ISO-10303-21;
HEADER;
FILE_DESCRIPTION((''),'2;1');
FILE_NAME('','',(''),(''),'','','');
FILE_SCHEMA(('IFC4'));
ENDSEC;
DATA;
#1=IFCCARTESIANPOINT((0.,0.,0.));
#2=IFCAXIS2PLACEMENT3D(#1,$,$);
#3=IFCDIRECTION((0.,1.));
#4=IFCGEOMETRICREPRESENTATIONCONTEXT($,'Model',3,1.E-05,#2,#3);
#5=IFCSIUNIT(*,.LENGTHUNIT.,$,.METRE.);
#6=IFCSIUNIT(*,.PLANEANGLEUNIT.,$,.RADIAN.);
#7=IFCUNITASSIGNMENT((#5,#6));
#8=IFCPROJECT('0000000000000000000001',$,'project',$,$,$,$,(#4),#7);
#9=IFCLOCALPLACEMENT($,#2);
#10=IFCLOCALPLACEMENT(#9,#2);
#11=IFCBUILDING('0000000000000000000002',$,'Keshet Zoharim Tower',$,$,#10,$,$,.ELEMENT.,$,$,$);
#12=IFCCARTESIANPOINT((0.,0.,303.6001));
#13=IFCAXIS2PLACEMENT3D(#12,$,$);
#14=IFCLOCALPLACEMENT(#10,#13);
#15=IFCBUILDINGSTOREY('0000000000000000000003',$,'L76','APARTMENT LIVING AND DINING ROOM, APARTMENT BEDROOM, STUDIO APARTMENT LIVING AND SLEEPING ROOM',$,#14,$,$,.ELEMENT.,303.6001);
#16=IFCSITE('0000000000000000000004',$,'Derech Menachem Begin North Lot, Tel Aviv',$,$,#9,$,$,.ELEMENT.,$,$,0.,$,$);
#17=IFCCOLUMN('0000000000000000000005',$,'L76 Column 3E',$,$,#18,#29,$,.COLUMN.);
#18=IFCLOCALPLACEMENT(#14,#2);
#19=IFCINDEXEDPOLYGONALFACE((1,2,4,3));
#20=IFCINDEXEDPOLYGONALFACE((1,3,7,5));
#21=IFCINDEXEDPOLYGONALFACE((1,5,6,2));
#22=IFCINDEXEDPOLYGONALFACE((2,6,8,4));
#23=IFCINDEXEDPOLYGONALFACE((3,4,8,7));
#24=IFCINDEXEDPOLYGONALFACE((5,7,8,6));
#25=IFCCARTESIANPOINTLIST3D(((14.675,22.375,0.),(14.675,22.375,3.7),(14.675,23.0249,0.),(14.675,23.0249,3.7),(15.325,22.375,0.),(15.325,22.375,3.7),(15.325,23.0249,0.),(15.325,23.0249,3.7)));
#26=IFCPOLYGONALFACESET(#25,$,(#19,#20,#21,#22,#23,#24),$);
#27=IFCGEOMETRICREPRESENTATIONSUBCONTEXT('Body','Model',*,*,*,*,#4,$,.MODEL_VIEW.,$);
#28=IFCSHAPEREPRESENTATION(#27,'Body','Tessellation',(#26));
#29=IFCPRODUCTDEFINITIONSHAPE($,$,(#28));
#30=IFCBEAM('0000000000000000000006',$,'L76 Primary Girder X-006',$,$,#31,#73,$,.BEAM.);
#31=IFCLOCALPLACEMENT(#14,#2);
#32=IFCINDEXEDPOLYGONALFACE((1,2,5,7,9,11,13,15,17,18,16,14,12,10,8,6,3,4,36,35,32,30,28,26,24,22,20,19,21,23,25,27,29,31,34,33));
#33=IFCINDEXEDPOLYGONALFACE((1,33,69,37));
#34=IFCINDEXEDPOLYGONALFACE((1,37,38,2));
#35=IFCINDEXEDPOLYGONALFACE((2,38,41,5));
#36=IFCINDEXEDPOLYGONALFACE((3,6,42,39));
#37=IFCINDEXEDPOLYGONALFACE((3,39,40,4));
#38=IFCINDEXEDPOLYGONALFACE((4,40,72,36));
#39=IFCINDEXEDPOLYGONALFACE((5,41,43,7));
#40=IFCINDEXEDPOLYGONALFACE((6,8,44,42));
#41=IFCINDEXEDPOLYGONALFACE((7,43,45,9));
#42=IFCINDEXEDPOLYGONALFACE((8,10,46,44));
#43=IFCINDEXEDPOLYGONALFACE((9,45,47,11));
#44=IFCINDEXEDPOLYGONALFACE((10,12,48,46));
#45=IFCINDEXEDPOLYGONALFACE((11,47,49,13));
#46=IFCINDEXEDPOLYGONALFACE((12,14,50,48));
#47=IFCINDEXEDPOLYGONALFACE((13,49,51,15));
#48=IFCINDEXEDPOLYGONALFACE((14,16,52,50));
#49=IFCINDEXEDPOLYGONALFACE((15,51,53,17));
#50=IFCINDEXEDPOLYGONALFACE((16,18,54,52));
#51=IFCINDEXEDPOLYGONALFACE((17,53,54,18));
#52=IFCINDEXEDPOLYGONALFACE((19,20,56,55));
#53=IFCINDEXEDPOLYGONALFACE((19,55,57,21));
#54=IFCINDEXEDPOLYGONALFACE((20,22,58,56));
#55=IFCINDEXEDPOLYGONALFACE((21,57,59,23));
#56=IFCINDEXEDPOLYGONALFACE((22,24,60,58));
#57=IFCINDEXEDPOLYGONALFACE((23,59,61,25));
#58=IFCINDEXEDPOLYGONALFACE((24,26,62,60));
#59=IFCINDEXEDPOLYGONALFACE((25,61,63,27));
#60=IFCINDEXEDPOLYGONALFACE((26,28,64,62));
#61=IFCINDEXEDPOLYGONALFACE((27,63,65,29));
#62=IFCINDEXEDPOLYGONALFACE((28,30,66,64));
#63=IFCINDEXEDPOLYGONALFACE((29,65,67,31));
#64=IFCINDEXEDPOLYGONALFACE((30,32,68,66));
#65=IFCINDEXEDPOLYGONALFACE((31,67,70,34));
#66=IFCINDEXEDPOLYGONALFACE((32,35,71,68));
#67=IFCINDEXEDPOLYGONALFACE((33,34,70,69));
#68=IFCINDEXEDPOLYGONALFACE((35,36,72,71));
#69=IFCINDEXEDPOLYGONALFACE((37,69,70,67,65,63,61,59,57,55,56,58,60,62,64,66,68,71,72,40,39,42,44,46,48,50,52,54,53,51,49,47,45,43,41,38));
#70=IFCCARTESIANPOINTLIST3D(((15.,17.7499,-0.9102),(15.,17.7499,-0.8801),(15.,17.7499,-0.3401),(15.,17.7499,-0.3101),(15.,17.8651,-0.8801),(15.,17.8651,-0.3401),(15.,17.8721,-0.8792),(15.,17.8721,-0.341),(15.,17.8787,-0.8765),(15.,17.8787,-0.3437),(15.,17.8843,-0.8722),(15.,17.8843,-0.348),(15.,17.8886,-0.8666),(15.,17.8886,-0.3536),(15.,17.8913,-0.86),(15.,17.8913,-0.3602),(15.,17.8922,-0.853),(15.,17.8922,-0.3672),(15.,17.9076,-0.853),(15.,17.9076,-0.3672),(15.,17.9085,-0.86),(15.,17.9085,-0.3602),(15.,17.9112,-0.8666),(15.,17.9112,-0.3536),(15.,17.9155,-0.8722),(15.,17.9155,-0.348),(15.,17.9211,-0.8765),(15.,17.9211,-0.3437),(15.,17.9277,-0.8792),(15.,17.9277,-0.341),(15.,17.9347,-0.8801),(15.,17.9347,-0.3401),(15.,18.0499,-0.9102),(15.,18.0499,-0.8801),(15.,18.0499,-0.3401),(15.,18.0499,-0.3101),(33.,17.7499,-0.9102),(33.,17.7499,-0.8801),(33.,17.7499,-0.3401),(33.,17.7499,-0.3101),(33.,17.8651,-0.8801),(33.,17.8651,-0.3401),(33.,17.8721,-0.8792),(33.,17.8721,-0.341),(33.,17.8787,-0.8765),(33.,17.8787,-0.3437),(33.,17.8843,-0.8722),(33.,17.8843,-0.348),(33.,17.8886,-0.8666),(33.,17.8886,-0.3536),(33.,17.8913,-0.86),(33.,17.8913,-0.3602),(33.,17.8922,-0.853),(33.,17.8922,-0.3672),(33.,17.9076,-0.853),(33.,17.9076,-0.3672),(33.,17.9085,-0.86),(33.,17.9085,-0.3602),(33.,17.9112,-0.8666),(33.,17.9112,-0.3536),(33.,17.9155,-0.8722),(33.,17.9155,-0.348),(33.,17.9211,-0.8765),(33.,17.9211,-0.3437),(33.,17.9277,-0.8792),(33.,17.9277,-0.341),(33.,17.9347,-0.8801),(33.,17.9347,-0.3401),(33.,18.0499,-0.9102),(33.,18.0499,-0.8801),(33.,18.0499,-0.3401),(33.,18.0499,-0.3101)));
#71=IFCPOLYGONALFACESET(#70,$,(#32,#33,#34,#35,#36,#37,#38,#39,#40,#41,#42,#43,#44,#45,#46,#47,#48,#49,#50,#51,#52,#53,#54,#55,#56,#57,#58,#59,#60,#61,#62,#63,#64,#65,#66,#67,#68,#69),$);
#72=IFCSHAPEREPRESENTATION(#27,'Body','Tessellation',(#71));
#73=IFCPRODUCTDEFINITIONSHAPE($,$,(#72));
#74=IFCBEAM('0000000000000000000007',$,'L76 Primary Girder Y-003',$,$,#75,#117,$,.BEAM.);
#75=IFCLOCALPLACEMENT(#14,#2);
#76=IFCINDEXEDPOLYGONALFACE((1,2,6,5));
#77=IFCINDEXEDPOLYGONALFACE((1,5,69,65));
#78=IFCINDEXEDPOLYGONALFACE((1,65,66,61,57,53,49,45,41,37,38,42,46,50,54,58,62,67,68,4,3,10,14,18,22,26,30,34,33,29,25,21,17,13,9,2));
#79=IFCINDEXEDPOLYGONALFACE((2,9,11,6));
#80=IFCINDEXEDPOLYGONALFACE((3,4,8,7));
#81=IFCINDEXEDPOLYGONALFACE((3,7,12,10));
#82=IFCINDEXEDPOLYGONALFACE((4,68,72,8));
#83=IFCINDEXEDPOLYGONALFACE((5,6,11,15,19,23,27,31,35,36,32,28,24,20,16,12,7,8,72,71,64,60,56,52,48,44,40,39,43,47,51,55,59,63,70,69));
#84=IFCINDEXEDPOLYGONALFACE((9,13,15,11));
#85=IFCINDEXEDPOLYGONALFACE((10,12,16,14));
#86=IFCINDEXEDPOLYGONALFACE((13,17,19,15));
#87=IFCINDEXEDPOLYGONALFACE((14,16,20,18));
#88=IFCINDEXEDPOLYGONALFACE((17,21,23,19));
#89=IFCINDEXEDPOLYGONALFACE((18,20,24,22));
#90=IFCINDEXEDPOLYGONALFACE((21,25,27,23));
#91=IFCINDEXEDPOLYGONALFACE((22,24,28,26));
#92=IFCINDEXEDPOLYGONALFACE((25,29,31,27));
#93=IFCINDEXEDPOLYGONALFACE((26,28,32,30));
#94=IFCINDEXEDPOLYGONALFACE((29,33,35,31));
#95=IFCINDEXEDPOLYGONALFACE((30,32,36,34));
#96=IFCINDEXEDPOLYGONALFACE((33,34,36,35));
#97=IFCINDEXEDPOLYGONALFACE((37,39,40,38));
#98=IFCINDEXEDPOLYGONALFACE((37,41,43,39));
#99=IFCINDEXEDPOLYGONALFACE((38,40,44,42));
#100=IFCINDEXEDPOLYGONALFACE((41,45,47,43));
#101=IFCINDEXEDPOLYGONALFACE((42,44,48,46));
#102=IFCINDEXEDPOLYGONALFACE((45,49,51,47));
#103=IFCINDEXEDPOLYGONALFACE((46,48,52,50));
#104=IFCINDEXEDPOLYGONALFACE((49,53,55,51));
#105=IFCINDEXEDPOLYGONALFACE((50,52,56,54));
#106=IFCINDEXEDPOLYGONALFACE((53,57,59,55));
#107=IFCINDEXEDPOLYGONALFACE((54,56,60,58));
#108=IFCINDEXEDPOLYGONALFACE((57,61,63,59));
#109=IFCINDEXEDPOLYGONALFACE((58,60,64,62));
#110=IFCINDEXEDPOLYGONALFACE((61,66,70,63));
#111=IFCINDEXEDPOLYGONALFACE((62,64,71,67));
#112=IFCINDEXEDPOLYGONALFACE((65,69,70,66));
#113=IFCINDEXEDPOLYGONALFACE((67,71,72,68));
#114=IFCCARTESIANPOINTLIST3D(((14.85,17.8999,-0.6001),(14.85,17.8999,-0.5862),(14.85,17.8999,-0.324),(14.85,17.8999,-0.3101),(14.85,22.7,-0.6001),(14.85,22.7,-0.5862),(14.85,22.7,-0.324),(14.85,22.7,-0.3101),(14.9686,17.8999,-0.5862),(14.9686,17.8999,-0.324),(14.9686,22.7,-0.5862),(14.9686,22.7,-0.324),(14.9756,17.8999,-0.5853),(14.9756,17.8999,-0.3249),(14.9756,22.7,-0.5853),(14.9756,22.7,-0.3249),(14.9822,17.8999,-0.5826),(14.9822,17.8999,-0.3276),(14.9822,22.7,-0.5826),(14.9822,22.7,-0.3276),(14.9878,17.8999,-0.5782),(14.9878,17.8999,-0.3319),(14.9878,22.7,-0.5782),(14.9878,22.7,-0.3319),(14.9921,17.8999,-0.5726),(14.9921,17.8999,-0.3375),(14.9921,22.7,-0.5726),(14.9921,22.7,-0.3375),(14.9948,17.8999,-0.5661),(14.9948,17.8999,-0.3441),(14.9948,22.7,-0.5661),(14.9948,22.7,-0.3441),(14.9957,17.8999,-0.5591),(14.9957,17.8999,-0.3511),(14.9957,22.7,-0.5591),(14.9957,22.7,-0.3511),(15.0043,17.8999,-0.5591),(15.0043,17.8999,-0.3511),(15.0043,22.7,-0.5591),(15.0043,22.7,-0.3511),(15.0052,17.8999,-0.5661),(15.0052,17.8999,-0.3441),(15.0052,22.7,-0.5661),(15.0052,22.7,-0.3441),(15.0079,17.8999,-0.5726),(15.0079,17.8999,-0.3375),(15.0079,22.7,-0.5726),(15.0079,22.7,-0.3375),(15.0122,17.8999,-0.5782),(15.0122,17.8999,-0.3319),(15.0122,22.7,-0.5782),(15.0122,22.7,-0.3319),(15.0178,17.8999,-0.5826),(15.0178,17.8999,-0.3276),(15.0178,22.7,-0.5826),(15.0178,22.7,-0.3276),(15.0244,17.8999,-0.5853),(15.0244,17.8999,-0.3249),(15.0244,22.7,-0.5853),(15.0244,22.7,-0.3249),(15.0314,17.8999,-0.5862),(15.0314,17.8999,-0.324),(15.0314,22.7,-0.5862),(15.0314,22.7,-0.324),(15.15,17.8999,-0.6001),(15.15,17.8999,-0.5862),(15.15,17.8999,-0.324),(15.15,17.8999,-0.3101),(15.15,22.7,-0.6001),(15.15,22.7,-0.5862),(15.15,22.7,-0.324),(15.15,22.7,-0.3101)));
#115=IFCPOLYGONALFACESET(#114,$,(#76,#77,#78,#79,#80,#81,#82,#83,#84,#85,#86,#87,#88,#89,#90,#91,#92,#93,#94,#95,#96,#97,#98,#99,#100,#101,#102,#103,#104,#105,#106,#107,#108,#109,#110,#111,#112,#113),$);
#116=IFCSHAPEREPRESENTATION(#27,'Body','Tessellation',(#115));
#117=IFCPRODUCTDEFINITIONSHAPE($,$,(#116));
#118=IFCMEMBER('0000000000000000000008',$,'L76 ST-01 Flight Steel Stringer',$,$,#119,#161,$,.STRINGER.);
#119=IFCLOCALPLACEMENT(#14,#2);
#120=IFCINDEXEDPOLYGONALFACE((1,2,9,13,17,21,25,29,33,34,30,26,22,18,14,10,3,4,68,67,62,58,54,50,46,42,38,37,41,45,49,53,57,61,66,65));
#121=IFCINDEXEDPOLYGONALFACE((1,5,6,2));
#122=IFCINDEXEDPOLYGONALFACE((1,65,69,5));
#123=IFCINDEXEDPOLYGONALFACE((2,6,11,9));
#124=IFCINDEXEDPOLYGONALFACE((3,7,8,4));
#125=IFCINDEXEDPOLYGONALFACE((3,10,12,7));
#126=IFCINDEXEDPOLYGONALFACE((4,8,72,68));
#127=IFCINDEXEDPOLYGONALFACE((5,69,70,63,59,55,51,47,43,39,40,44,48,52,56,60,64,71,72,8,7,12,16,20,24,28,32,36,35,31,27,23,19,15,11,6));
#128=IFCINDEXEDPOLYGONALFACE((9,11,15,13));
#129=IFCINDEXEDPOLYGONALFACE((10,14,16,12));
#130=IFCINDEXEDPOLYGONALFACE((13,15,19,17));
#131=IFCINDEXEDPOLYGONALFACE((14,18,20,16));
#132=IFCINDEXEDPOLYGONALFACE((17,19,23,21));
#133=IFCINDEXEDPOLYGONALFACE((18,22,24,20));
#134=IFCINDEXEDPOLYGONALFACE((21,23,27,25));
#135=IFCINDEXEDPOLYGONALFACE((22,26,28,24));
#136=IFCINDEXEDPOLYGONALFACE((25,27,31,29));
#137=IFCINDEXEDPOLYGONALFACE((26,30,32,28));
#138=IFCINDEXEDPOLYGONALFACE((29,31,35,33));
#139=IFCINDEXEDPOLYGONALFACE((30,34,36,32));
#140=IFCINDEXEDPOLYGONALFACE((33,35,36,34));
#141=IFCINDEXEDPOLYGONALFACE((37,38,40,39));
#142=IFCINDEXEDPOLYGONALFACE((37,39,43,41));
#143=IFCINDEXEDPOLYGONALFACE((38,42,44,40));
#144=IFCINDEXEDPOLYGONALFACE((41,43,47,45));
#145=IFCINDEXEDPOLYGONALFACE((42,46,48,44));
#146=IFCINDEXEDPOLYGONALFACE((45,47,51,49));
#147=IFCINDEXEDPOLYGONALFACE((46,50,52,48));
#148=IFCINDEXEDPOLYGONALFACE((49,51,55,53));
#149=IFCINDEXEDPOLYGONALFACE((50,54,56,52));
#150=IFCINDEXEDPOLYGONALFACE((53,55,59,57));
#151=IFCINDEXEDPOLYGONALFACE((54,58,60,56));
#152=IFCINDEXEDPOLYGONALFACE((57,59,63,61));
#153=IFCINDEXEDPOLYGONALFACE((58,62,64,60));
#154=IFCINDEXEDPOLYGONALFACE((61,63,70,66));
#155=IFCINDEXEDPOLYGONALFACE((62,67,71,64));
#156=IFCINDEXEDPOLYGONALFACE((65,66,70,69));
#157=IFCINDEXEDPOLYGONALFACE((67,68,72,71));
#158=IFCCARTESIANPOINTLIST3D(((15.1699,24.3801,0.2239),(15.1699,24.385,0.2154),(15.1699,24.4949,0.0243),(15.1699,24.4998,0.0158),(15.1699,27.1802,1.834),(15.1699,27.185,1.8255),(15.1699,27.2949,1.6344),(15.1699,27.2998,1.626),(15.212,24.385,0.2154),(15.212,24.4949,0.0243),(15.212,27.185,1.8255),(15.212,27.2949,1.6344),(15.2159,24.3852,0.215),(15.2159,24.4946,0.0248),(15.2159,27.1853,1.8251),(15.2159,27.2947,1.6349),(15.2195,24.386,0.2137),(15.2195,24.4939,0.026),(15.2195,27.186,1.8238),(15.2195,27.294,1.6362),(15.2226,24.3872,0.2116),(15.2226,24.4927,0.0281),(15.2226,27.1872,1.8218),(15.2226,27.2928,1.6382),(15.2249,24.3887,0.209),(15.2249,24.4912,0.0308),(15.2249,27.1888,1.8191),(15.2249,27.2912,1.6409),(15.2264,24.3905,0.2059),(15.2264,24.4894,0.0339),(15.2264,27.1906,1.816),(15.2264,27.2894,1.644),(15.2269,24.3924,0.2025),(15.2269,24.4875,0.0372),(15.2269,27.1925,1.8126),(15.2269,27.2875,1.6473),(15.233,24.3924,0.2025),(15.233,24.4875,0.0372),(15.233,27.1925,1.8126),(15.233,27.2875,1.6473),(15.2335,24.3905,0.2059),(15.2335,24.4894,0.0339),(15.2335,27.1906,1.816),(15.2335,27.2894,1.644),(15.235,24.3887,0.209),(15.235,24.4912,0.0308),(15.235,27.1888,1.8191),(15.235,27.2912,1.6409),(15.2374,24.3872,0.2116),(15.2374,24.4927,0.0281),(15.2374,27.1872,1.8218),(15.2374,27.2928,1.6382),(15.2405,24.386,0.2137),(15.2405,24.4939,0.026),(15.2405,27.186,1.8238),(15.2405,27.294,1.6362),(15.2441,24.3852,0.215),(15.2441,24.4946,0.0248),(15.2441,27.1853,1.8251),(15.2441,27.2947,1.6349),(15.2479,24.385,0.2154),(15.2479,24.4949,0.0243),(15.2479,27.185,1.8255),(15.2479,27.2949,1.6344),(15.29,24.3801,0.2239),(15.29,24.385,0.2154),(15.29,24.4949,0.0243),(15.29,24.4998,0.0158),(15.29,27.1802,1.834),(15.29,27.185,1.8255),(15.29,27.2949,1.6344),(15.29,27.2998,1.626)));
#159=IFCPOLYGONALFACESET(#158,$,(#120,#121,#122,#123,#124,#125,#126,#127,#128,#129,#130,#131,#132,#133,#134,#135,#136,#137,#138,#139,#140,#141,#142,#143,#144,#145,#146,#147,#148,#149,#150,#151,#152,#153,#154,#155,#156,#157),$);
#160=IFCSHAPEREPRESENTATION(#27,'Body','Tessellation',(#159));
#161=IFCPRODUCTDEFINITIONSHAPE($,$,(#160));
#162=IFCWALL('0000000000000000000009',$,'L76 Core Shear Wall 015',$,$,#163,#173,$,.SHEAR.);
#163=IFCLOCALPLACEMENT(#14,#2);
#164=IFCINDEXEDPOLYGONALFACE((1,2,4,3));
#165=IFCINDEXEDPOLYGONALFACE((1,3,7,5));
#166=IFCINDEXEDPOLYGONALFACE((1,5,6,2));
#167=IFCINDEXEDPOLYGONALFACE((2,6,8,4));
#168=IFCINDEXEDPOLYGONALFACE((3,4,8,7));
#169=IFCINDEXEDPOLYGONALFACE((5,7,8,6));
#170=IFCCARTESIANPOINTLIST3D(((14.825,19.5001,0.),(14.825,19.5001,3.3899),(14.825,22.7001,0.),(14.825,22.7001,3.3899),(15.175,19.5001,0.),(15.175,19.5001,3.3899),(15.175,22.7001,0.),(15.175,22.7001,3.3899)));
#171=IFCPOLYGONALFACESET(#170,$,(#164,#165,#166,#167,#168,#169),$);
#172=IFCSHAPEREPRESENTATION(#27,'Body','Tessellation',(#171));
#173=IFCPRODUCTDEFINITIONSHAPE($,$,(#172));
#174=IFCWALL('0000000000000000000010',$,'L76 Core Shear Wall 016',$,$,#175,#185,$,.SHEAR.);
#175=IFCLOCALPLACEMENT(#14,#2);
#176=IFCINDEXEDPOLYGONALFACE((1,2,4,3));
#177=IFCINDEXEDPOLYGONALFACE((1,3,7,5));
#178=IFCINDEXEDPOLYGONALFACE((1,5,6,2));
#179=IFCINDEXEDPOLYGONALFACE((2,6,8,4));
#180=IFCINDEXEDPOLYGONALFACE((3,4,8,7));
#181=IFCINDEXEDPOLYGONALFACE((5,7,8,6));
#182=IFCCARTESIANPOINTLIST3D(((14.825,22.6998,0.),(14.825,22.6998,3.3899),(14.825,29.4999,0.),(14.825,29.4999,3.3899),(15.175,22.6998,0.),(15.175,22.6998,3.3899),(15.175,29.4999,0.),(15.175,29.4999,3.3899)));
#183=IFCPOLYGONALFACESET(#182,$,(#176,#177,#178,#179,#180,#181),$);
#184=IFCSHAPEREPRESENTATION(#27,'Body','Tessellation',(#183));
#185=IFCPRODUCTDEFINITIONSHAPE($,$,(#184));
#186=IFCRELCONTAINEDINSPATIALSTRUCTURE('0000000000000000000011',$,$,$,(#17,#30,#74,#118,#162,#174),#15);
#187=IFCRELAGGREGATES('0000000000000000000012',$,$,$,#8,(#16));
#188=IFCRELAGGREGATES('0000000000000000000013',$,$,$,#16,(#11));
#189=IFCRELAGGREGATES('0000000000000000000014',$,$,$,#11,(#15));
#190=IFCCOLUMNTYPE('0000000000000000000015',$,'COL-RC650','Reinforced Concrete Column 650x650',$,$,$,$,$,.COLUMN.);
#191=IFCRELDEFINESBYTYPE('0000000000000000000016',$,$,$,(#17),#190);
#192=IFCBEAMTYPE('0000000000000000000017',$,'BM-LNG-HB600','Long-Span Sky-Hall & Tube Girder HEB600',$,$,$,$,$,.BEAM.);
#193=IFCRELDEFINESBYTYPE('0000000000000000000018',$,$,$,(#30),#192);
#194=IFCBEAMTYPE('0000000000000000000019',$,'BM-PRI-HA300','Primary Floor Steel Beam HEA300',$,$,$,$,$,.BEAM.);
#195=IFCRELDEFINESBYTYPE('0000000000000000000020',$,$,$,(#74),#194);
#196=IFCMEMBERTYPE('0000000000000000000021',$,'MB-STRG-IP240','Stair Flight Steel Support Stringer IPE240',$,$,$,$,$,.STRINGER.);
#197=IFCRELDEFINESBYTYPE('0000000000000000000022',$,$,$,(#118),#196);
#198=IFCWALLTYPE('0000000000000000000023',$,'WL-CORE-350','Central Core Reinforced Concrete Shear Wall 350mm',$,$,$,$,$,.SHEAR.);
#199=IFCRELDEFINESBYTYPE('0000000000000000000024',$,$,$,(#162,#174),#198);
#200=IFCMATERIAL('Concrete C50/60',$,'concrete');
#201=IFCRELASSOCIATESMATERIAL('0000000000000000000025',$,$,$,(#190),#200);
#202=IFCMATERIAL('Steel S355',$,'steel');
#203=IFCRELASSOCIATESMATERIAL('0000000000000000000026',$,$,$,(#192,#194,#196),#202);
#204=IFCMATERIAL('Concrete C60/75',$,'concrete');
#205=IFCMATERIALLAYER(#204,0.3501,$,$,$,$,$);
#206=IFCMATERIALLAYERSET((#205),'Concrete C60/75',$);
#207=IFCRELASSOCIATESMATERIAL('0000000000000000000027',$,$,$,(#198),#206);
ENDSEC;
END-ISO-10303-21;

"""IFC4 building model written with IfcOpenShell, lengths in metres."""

from ifc_helpers import new_model, si_unit, direction, frame, frame_2d, origin, origin_2d, place, context, subcontext, project, spatial, rectangle, i_section, extrude, material, layer, layer_set, material_profile, profile_set, type_object, element, save


model = new_model("IFC4")

# Units and contexts
model_context = context("Model", 3, precision=1e-05, world=origin(), true_north=direction((0.0, 1.0)))
body_context = subcontext(model_context, "Body", "Model", "MODEL_VIEW")
ifc_project = project(units=[si_unit("LENGTHUNIT", "METRE"), si_unit("PLANEANGLEUNIT", "RADIAN")], contexts=[model_context])

# Site, building, storey
site_placement = place(None, origin())
site = spatial("IfcSite", under=ifc_project, at=site_placement, Name="Derech Menachem Begin North Lot, Tel Aviv", CompositionType="ELEMENT", RefElevation=0.0)
building_placement = place(site_placement, origin())
building = spatial("IfcBuilding", under=site, at=building_placement, Name="Keshet Zoharim Tower", CompositionType="ELEMENT")
storey_placement = place(building_placement, frame((0.0, 0.0, 303.6001)))
storey = spatial("IfcBuildingStorey", under=building, at=storey_placement, Name="L76", Description="APARTMENT LIVING AND DINING ROOM, APARTMENT BEDROOM, STUDIO APARTMENT LIVING AND SLEEPING ROOM", CompositionType="ELEMENT", Elevation=303.6001)

# Column
ifc_material_1 = material(Name="Concrete C50/60", Category="concrete")
ifc_material_profile_1 = material_profile(ifc_material_1, rectangle(XDim=0.6499, YDim=0.6499, at=origin_2d()), Name="RC650x650")
ifc_profile_set_1 = profile_set([ifc_material_profile_1], Name="Concrete C50/60")
column_type = type_object("IfcColumnType", Name="COL-RC650", Description="Reinforced Concrete Column 650x650", PredefinedType="COLUMN", material=ifc_profile_set_1)
column_placement = place(storey_placement, frame((15.0, 22.7, 0.0), z_axis=(0.0, 0.0, 1.0), x_axis=(1.0, 0.0, 0.0)))
element("IfcColumn", 1, at=column_placement, inside=storey, type_object=column_type, Name="L76 Column 3E", PredefinedType="COLUMN", context=body_context, shape_type="SweptSolid", body=[
    extrude(rectangle(XDim=0.6499, YDim=0.6499, at=origin_2d()), origin(), (0.0, 0.0, 1.0), 3.7),
])

# Beams
ifc_material_2 = material(Name="Steel S355", Category="steel")
ifc_material_profile_2 = material_profile(ifc_material_2, i_section(OverallWidth=0.3, OverallDepth=0.6001, WebThickness=0.0154, FlangeThickness=0.03, FilletRadius=0.0271, at=origin_2d()), Name="HEB600")
ifc_profile_set_2 = profile_set([ifc_material_profile_2], Name="Steel S355")
beam_type_1 = type_object("IfcBeamType", Name="BM-LNG-HB600", Description="Long-Span Sky-Hall & Tube Girder HEB600", PredefinedType="BEAM", material=ifc_profile_set_2)
beam_1_placement = place(storey_placement, frame((15.0, 17.8999, -0.6101), z_axis=(1.0, 0.0, 0.0), x_axis=(0.0, 1.0, 0.0)))
element("IfcBeam", 2, at=beam_1_placement, inside=storey, type_object=beam_type_1, Name="L76 Primary Girder X-006", PredefinedType="BEAM", context=body_context, shape_type="SweptSolid", body=[
    extrude(i_section(OverallWidth=0.3, OverallDepth=0.6001, WebThickness=0.0154, FlangeThickness=0.03, FilletRadius=0.0271, at=origin_2d()), origin(), (0.0, 0.0, 1.0), 18.0),
])
ifc_material_profile_3 = material_profile(ifc_material_2, i_section(OverallWidth=0.3, OverallDepth=0.29, WebThickness=0.0085, FlangeThickness=0.0139, FilletRadius=0.0271, at=origin_2d()), Name="HEA300")
ifc_profile_set_3 = profile_set([ifc_material_profile_3], Name="Steel S355")
beam_type_2 = type_object("IfcBeamType", Name="BM-PRI-HA300", Description="Primary Floor Steel Beam HEA300", PredefinedType="BEAM", material=ifc_profile_set_3)
beam_2_placement = place(storey_placement, frame((15.0, 17.8999, -0.4551), z_axis=(0.0, 1.0, 0.0), x_axis=(-1.0, 0.0, 0.0)))
element("IfcBeam", 3, at=beam_2_placement, inside=storey, type_object=beam_type_2, Name="L76 Primary Girder Y-003", PredefinedType="BEAM", context=body_context, shape_type="SweptSolid", body=[
    extrude(i_section(OverallWidth=0.3, OverallDepth=0.29, WebThickness=0.0085, FlangeThickness=0.0139, FilletRadius=0.0271, at=origin_2d()), origin(), (0.0, 0.0, 1.0), 4.8),
])

# Member
ifc_material_profile_4 = material_profile(ifc_material_2, i_section(OverallWidth=0.1201, OverallDepth=0.24, WebThickness=0.0061, FlangeThickness=0.0098, FilletRadius=0.0149, at=origin_2d()), Name="IPE240")
ifc_profile_set_4 = profile_set([ifc_material_profile_4], Name="Steel S355")
member_type = type_object("IfcMemberType", Name="MB-STRG-IP240", Description="Stair Flight Steel Support Stringer IPE240", PredefinedType="STRINGER", material=ifc_profile_set_4)
member_placement = place(storey_placement, frame((15.23, 24.4399, 0.1199), z_axis=(0.0, 0.866896, 0.49849), x_axis=(-1.0, 0.0, 0.0)))
element("IfcMember", 4, at=member_placement, inside=storey, type_object=member_type, Name="L76 ST-01 Flight Steel Stringer", PredefinedType="STRINGER", context=body_context, shape_type="SweptSolid", body=[
    extrude(i_section(OverallWidth=0.1201, OverallDepth=0.24, WebThickness=0.0061, FlangeThickness=0.0098, FilletRadius=0.0149, at=origin_2d()), origin(), (0.0, 0.0, 1.0), 3.23),
])

# Walls
ifc_material_3 = material(Name="Concrete C60/75", Category="concrete")
ifc_layer_1 = layer(ifc_material_3, 0.3501)
ifc_layer_set_1 = layer_set([ifc_layer_1], Name="Concrete C60/75")
wall_type_1 = type_object("IfcWallType", Name="WL-CORE-350", Description="Central Core Reinforced Concrete Shear Wall 350mm", PredefinedType="SHEAR", material=ifc_layer_set_1)
wall_1_placement = place(storey_placement, frame((15.0, 19.5, 0.0), z_axis=(0.0, 0.0, 1.0), x_axis=(0.0, 1.0, 0.0)))
element("IfcWall", 5, at=wall_1_placement, inside=storey, type_object=wall_type_1, Name="L76 Core Shear Wall 015", PredefinedType="SHEAR", context=body_context, shape_type="SweptSolid", body=[
    extrude(rectangle(XDim=3.2, YDim=0.3501, at=frame_2d((1.6001, 0.0))), origin(), (0.0, 0.0, 1.0), 3.3899),
])
wall_2_placement = place(storey_placement, frame((15.0, 22.7, 0.0), z_axis=(0.0, 0.0, 1.0), x_axis=(0.0, 1.0, 0.0)))
element("IfcWall", 6, at=wall_2_placement, inside=storey, type_object=wall_type_1, Name="L76 Core Shear Wall 016", PredefinedType="SHEAR", context=body_context, shape_type="SweptSolid", body=[
    extrude(rectangle(XDim=6.8, YDim=0.3501, at=frame_2d((3.3999, 0.0))), origin(), (0.0, 0.0, 1.0), 3.3899),
])

save(model, "model.ifc")
